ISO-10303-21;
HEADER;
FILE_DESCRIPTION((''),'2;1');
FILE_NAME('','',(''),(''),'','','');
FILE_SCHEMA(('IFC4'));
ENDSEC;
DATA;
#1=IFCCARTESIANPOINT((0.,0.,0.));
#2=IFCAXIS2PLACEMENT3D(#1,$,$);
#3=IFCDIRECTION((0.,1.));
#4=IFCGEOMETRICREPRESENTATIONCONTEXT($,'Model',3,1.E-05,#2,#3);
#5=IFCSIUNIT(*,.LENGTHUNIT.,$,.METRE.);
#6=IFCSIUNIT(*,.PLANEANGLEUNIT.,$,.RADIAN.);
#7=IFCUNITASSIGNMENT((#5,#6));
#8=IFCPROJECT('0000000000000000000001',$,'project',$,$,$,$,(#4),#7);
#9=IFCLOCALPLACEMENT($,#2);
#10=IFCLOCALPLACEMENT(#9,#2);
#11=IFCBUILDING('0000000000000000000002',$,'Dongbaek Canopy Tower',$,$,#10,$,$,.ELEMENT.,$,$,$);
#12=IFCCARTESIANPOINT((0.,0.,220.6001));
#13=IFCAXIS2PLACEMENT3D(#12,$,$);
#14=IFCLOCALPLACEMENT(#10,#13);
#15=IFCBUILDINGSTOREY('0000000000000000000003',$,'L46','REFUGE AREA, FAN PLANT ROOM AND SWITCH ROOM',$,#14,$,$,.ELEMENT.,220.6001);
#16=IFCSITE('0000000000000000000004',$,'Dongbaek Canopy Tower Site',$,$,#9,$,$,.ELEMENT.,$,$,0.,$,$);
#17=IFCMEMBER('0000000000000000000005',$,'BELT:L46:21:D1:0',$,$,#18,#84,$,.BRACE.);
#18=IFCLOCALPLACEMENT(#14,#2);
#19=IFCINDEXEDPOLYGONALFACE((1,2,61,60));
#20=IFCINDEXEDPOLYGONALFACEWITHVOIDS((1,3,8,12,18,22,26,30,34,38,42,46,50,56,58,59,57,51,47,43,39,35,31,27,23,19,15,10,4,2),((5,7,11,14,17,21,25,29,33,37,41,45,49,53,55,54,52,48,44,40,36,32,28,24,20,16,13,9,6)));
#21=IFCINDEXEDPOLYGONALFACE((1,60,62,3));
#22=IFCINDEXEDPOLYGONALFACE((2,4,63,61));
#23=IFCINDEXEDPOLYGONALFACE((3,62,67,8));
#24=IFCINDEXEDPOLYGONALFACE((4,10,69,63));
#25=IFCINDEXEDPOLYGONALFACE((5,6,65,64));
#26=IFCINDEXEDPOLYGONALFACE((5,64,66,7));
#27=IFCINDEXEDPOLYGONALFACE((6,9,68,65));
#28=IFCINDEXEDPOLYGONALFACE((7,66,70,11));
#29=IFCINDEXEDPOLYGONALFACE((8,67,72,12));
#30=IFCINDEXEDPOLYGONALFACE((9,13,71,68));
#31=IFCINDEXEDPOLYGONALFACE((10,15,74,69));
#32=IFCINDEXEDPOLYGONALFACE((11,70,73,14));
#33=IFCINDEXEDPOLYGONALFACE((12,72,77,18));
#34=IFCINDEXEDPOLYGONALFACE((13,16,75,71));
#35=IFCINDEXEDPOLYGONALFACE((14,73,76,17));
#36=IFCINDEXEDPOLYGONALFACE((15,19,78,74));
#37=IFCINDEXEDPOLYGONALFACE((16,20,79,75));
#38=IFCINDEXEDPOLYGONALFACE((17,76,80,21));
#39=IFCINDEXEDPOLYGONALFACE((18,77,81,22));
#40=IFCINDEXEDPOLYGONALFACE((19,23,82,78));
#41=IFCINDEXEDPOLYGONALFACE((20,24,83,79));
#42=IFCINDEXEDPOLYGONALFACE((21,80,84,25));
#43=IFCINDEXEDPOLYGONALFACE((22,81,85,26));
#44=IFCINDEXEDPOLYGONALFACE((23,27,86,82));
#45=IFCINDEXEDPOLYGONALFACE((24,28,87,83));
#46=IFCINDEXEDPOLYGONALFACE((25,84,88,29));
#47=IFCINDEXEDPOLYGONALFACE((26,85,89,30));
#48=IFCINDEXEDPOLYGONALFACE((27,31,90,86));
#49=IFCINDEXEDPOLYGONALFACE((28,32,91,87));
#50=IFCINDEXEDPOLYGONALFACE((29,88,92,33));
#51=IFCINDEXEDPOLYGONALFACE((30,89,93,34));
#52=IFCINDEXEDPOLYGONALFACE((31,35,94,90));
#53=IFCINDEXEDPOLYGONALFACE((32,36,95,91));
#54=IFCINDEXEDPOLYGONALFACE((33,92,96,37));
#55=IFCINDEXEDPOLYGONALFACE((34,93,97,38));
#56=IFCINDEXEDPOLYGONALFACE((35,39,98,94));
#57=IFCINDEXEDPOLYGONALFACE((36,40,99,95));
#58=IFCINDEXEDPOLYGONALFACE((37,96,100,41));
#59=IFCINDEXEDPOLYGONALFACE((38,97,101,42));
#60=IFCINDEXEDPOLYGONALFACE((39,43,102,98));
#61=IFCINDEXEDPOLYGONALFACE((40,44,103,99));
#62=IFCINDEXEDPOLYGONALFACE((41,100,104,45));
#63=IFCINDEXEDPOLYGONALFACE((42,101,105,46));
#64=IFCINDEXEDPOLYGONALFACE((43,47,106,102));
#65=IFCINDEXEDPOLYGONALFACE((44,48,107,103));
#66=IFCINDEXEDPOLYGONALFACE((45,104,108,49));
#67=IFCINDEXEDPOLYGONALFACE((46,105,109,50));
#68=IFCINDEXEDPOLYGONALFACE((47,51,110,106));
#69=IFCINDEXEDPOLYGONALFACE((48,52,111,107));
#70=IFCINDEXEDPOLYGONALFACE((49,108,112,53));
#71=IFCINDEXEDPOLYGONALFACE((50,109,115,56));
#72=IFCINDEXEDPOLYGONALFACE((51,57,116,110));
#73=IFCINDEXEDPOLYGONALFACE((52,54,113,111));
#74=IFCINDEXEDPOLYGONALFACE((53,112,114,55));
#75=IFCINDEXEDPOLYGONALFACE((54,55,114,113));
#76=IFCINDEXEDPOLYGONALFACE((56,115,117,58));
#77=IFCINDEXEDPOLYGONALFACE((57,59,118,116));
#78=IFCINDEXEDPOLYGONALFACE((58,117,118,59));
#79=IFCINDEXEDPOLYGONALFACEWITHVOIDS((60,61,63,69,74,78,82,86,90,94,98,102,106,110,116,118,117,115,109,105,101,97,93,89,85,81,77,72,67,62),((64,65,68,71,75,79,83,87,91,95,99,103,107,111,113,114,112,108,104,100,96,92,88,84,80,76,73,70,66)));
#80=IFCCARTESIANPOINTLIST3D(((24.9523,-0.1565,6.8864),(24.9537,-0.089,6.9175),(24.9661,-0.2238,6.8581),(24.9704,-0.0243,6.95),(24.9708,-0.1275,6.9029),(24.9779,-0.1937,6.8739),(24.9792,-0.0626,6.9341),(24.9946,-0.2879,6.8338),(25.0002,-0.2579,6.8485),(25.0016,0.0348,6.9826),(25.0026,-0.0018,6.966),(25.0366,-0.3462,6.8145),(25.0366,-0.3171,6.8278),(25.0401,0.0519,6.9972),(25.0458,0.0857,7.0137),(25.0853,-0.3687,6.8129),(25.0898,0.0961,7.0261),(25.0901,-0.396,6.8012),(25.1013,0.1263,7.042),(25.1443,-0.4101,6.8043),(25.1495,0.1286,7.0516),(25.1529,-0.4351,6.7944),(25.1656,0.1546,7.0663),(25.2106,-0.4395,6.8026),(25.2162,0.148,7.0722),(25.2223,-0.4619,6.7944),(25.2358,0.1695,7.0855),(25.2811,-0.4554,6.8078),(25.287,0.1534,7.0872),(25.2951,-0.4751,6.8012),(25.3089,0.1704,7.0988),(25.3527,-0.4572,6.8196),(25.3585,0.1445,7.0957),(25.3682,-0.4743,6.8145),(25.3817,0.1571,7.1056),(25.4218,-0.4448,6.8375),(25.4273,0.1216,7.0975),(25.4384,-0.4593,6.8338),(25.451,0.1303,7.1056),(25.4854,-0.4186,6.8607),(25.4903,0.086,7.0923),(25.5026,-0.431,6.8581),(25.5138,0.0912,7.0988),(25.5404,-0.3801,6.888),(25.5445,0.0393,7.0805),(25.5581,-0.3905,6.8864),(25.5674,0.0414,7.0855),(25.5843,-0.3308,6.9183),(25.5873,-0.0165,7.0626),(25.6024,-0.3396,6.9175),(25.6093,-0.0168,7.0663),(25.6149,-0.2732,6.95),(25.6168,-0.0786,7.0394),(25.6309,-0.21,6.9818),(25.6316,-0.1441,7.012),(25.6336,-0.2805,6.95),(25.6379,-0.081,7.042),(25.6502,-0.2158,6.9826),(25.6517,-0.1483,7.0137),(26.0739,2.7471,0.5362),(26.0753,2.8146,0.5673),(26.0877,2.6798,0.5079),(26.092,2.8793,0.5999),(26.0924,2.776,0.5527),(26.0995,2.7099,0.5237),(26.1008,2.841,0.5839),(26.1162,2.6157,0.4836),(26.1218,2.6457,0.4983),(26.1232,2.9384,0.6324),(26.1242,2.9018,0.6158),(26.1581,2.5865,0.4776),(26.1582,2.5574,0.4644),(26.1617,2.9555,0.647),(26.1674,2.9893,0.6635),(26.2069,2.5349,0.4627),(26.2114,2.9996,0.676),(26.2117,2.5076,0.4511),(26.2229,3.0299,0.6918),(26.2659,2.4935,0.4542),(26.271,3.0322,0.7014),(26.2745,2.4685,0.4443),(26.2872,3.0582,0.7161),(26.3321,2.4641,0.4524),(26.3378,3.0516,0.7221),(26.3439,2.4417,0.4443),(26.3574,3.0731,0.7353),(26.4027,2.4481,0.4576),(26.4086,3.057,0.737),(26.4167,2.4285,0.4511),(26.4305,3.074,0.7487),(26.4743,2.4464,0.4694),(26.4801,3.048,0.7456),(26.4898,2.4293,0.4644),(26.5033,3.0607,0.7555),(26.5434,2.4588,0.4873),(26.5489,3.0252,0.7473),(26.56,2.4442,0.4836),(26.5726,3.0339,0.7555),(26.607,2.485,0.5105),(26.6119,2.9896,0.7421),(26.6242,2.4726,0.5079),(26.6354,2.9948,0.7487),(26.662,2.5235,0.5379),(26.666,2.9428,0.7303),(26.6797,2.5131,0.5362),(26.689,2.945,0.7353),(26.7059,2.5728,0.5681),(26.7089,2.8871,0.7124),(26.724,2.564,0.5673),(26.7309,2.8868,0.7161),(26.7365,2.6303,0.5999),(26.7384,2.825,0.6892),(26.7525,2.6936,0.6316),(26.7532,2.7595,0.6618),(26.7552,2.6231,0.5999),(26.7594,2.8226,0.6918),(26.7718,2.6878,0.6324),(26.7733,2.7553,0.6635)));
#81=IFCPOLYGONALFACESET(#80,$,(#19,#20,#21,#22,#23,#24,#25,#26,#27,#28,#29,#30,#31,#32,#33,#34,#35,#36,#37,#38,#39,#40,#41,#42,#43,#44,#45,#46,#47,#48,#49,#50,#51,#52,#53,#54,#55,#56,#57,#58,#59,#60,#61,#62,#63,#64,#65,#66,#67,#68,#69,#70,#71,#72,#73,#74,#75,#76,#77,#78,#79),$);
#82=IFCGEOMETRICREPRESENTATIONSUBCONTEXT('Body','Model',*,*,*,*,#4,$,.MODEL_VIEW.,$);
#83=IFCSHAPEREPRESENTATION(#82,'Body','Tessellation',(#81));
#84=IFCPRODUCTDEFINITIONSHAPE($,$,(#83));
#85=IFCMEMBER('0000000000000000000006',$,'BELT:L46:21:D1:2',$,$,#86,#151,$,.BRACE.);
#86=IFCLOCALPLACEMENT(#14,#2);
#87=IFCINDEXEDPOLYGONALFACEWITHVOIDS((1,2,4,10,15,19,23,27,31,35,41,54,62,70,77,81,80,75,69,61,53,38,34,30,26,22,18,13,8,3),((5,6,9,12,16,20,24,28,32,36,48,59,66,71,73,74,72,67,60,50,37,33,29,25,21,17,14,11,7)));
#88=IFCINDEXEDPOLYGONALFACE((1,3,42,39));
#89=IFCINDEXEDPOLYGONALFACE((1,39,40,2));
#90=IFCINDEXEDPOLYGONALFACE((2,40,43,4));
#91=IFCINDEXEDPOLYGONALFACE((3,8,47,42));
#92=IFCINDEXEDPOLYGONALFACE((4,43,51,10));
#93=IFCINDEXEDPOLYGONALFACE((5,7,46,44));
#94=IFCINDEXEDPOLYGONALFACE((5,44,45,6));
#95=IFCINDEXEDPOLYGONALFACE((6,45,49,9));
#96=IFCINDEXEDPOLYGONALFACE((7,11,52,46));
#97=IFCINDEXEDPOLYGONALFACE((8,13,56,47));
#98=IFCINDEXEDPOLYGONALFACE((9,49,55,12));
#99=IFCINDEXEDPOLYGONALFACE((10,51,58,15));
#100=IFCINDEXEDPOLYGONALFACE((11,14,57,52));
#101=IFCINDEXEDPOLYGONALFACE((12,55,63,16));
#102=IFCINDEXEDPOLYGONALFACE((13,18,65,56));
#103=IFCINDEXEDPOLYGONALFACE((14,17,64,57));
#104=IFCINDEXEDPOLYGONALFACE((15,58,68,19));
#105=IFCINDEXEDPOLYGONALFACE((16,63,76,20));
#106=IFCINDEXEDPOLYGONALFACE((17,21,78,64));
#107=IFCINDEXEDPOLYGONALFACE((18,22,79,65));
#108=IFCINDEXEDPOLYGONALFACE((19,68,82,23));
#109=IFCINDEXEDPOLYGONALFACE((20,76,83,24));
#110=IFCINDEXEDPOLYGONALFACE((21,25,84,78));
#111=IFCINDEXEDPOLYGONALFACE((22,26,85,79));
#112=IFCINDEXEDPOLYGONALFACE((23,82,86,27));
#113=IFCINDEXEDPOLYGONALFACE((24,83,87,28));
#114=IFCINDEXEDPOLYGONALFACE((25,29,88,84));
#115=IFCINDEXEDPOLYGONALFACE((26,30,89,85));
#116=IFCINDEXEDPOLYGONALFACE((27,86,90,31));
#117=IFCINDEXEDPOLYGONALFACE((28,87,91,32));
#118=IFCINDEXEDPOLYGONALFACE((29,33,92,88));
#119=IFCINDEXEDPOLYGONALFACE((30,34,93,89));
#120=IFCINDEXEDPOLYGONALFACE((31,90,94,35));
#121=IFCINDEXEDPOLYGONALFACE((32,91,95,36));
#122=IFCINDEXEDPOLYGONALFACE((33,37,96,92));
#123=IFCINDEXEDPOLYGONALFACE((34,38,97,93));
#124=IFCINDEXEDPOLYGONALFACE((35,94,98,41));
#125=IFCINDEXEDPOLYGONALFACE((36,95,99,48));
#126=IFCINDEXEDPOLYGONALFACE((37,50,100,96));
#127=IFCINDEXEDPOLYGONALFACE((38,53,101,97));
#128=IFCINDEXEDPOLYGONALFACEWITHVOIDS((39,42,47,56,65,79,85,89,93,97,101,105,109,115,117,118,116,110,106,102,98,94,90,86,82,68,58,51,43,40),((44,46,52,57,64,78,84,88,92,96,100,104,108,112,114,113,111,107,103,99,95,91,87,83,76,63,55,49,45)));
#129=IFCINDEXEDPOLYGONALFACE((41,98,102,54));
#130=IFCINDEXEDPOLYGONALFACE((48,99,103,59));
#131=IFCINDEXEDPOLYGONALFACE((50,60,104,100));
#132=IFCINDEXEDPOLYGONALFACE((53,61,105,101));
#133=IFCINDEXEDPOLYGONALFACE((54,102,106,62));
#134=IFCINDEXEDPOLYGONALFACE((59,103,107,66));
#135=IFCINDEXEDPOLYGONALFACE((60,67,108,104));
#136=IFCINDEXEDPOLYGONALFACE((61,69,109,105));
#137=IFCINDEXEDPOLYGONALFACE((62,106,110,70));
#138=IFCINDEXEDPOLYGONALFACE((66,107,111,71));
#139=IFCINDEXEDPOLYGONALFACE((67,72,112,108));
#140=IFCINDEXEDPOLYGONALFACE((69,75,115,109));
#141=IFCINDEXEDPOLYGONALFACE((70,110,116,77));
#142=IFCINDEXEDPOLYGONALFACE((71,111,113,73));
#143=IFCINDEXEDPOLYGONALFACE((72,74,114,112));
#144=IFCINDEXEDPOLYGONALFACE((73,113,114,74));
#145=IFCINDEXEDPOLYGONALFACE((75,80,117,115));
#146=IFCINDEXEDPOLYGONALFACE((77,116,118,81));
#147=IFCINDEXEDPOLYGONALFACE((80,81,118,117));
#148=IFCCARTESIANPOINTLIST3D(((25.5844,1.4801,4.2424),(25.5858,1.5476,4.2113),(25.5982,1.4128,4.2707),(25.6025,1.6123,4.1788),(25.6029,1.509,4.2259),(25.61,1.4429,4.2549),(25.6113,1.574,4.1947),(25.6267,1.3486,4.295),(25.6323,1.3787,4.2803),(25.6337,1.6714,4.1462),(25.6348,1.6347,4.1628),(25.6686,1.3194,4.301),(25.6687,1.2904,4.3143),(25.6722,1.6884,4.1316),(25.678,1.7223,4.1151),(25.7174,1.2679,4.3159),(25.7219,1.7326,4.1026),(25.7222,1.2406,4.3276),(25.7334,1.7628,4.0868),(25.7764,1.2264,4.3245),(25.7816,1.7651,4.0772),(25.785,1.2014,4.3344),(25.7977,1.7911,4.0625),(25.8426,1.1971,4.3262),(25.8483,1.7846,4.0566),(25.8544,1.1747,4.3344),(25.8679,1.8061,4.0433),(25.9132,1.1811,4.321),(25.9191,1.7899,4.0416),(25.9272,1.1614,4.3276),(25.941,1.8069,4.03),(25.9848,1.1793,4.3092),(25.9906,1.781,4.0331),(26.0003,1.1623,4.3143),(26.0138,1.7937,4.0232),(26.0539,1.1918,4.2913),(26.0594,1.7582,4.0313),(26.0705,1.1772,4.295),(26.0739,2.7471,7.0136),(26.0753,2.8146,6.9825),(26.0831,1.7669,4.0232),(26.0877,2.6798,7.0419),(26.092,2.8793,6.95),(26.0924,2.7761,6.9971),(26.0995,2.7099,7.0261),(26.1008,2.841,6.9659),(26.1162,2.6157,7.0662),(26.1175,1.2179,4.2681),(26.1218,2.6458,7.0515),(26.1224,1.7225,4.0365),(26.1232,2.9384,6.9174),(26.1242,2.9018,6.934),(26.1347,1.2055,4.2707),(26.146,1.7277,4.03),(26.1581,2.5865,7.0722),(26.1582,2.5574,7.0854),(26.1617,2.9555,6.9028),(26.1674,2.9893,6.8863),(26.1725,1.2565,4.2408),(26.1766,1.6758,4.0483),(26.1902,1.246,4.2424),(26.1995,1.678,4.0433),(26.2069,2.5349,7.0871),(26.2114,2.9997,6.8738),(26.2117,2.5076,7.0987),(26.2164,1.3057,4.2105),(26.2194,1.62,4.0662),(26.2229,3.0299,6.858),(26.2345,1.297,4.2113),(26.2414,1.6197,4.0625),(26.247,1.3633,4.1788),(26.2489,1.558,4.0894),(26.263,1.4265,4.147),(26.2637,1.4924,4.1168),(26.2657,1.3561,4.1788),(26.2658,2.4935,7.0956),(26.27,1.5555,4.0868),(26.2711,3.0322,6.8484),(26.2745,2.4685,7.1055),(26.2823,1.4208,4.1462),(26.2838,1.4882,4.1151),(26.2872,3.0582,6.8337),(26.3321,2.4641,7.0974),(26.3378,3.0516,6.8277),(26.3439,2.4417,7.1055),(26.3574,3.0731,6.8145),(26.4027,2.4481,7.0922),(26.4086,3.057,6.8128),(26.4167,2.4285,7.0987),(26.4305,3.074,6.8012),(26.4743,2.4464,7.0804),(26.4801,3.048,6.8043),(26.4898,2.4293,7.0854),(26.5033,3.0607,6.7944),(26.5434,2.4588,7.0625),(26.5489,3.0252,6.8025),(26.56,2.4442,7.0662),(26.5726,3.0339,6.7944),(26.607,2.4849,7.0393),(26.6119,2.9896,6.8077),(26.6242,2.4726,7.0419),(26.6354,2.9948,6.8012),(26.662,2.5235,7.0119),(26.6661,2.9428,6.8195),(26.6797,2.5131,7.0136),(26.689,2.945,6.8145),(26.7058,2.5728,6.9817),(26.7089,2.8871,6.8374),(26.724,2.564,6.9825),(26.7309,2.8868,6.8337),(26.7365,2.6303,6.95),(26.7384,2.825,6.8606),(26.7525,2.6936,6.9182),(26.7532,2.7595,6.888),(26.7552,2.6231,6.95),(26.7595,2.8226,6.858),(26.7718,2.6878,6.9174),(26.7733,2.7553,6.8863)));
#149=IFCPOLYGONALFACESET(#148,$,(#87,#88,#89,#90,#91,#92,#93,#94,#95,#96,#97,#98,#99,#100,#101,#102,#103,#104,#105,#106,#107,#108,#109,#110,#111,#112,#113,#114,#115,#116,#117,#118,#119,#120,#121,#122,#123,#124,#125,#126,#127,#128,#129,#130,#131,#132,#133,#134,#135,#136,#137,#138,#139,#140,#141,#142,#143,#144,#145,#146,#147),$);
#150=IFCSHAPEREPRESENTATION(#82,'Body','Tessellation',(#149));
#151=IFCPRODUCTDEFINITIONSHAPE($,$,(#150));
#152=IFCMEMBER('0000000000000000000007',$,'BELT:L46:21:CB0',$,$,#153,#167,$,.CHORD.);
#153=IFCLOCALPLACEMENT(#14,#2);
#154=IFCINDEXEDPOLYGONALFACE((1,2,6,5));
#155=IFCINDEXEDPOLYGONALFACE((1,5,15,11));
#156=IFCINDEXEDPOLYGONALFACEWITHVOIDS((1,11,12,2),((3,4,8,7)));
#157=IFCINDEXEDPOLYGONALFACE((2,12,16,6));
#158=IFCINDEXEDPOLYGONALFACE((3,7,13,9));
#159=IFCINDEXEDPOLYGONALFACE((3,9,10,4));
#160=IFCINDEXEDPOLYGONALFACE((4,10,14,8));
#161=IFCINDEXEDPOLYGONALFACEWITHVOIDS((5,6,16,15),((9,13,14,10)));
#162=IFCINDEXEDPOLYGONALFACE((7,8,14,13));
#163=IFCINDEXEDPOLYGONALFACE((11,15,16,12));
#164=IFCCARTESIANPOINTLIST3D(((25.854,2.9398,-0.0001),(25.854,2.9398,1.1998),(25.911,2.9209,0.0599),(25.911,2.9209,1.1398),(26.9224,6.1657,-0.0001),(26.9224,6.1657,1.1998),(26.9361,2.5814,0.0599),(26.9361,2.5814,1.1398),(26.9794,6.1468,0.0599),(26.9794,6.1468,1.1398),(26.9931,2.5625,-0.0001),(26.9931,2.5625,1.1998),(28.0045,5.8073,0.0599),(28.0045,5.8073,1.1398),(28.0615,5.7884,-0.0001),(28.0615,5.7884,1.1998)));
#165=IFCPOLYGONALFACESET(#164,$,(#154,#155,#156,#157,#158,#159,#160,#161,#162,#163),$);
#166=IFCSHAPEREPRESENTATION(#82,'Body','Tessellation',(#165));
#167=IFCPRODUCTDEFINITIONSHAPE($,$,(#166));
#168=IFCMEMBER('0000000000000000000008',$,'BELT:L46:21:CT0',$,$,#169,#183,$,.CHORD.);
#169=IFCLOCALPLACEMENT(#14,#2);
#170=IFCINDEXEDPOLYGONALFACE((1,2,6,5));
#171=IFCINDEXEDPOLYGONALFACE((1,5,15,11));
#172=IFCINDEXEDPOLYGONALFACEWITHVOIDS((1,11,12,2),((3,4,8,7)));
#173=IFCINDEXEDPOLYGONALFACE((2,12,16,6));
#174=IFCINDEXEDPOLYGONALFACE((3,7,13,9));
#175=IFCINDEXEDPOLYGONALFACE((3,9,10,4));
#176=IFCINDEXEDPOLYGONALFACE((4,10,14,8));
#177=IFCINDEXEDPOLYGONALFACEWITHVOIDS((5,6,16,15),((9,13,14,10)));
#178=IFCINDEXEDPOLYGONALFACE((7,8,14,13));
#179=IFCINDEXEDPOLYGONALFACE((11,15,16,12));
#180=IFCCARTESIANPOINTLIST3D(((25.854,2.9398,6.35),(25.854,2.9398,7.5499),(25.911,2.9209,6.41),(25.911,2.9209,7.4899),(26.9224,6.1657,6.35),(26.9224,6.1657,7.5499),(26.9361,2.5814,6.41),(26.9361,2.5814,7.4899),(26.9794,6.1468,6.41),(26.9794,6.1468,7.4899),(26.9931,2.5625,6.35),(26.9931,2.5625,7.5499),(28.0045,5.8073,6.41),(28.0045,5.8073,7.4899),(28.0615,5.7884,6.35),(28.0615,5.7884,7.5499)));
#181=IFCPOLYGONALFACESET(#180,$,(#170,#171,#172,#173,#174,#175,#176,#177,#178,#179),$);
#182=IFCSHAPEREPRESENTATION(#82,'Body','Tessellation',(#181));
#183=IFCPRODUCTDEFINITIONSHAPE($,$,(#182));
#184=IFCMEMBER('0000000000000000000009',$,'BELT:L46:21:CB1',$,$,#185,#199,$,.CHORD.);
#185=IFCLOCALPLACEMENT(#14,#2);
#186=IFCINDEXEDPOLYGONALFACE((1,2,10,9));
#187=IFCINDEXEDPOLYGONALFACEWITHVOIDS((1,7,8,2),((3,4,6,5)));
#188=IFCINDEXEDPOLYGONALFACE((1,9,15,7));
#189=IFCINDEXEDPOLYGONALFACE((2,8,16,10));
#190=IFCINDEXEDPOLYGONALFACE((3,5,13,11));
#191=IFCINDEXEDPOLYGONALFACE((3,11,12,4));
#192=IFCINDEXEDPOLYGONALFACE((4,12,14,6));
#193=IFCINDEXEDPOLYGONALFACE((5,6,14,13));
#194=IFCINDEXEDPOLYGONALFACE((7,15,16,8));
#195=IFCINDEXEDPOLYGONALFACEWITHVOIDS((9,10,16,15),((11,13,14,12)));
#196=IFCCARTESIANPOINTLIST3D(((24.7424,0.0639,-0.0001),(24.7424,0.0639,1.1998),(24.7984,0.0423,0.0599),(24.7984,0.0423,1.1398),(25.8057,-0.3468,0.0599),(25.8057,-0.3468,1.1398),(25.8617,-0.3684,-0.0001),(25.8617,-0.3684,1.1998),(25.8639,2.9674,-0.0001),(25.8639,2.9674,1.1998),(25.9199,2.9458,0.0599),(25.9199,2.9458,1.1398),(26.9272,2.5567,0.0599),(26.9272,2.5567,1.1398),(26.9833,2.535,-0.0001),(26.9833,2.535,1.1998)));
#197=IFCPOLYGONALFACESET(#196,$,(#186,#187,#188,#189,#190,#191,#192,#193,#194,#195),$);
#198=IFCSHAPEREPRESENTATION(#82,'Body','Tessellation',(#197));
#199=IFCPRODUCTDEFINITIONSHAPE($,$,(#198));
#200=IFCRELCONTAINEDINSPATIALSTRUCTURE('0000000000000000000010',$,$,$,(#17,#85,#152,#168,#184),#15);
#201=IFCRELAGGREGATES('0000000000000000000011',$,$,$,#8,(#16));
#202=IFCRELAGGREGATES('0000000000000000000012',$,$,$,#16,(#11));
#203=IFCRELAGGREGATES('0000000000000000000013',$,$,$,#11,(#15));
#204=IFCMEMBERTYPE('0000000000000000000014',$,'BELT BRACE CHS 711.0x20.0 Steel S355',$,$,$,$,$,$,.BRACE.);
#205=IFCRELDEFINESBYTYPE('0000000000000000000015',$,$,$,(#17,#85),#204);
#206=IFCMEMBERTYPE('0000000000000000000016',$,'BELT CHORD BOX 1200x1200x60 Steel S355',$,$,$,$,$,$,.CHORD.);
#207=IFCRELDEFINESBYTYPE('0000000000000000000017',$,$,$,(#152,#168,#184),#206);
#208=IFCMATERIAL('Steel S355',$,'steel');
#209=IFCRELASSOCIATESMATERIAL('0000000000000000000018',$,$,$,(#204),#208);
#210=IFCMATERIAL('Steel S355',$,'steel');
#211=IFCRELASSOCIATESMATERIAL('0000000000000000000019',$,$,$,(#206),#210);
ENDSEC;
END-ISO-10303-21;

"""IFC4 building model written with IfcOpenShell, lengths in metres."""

from ifc_helpers import new_model, si_unit, direction, frame, origin, origin_2d, place, context, subcontext, project, spatial, hollow_rectangle, hollow_circle, extrude, material, material_profile, profile_set, type_object, element, save


model = new_model("IFC4")

# Units and contexts
model_context = context("Model", 3, precision=1e-05, world=origin(), true_north=direction((0.0, 1.0)))
body_context = subcontext(model_context, "Body", "Model", "MODEL_VIEW")
ifc_project = project(units=[si_unit("LENGTHUNIT", "METRE"), si_unit("PLANEANGLEUNIT", "RADIAN")], contexts=[model_context])

# Site, building, storey
site_placement = place(None, origin())
site = spatial("IfcSite", under=ifc_project, at=site_placement, Name="Dongbaek Canopy Tower Site", CompositionType="ELEMENT", RefElevation=0.0)
building_placement = place(site_placement, origin())
building = spatial("IfcBuilding", under=site, at=building_placement, Name="Dongbaek Canopy Tower", CompositionType="ELEMENT")
storey_placement = place(building_placement, frame((0.0, 0.0, 220.6001)))
storey = spatial("IfcBuildingStorey", under=building, at=storey_placement, Name="L46", Description="REFUGE AREA, FAN PLANT ROOM AND SWITCH ROOM", CompositionType="ELEMENT", Elevation=220.6001)

# Members
ifc_material_1 = material(Name="Steel S355", Category="steel")
ifc_material_profile_1 = material_profile(ifc_material_1, hollow_circle(Radius=0.3555, WallThickness=0.02, at=origin_2d()), Name="BELT BRACE CHS 711.0x20.0 Steel S355")
ifc_profile_set_1 = profile_set([ifc_material_profile_1], Name="Steel S355")
member_type_1 = type_object("IfcMemberType", Name="BELT BRACE CHS 711.0x20.0 Steel S355", PredefinedType="BRACE", material=ifc_profile_set_1)
member_1_placement = place(storey_placement, frame((26.4236, 2.7512, 0.5999), z_axis=(-0.158596, -0.410575, 0.897928), x_axis=(0.932825, -0.360329, 0.0)))
element("IfcMember", 1, at=member_1_placement, inside=storey, type_object=member_type_1, Name="BELT:L46:21:D1:0", PredefinedType="BRACE", context=body_context, shape_type="SweptSolid", body=[
    extrude(hollow_circle(Radius=0.3555, WallThickness=0.02, at=origin_2d()), origin(), (0.0, 0.0, 1.0), 7.072),
])
member_2_placement = place(storey_placement, frame((26.4236, 2.7512, 6.95), z_axis=(-0.158608, -0.410561, -0.897933), x_axis=(0.932812, -0.360364, 0.0)))
element("IfcMember", 2, at=member_2_placement, inside=storey, type_object=member_type_1, Name="BELT:L46:21:D1:2", PredefinedType="BRACE", context=body_context, shape_type="SweptSolid", body=[
    extrude(hollow_circle(Radius=0.3555, WallThickness=0.02, at=origin_2d()), origin(), (0.0, 0.0, 1.0), 3.0862),
])
ifc_material_2 = material(Name="Steel S355", Category="steel")
ifc_material_profile_2 = material_profile(ifc_material_2, hollow_rectangle(XDim=1.2, YDim=1.2, WallThickness=0.0601, at=origin_2d()), Name="BELT CHORD BOX 1200x1200x60 Steel S355")
ifc_profile_set_2 = profile_set([ifc_material_profile_2], Name="Steel S355")
member_type_2 = type_object("IfcMemberType", Name="BELT CHORD BOX 1200x1200x60 Steel S355", PredefinedType="CHORD", material=ifc_profile_set_2)
for number, where, z_axis, x_axis, name in (
    (3, (27.4919, 5.9771, 0.5999), (-0.314395, -0.949292, 0.0), (0.949292, -0.314395, 0.0), "BELT:L46:21:CB0"),
    (4, (27.4919, 5.9771, 6.95), (-0.314395, -0.949292, 0.0), (0.949292, -0.314395, 0.0), "BELT:L46:21:CT0"),
):
    element("IfcMember", number, at=place(storey_placement, frame(where, z_axis=z_axis, x_axis=x_axis)), inside=storey, type_object=member_type_2, Name=name, PredefinedType="CHORD", context=body_context, shape_type="SweptSolid", body=[
        extrude(hollow_rectangle(XDim=1.2, YDim=1.2, WallThickness=0.0601, at=origin_2d()), origin(), (0.0, 0.0, 1.0), 3.3982),
    ])
for number, where, z_axis, x_axis, name in (
    (5, (26.4236, 2.7512, 0.5999), (-0.360329, -0.932825, 0.0), (0.932825, -0.360329, 0.0), "BELT:L46:21:CB1"),
):
    element("IfcMember", number, at=place(storey_placement, frame(where, z_axis=z_axis, x_axis=x_axis)), inside=storey, type_object=member_type_2, Name=name, PredefinedType="CHORD", context=body_context, shape_type="SweptSolid", body=[
        extrude(hollow_rectangle(XDim=1.2, YDim=1.2, WallThickness=0.0601, at=origin_2d()), origin(), (0.0, 0.0, 1.0), 3.1125),
    ])

save(model, "model.ifc")
